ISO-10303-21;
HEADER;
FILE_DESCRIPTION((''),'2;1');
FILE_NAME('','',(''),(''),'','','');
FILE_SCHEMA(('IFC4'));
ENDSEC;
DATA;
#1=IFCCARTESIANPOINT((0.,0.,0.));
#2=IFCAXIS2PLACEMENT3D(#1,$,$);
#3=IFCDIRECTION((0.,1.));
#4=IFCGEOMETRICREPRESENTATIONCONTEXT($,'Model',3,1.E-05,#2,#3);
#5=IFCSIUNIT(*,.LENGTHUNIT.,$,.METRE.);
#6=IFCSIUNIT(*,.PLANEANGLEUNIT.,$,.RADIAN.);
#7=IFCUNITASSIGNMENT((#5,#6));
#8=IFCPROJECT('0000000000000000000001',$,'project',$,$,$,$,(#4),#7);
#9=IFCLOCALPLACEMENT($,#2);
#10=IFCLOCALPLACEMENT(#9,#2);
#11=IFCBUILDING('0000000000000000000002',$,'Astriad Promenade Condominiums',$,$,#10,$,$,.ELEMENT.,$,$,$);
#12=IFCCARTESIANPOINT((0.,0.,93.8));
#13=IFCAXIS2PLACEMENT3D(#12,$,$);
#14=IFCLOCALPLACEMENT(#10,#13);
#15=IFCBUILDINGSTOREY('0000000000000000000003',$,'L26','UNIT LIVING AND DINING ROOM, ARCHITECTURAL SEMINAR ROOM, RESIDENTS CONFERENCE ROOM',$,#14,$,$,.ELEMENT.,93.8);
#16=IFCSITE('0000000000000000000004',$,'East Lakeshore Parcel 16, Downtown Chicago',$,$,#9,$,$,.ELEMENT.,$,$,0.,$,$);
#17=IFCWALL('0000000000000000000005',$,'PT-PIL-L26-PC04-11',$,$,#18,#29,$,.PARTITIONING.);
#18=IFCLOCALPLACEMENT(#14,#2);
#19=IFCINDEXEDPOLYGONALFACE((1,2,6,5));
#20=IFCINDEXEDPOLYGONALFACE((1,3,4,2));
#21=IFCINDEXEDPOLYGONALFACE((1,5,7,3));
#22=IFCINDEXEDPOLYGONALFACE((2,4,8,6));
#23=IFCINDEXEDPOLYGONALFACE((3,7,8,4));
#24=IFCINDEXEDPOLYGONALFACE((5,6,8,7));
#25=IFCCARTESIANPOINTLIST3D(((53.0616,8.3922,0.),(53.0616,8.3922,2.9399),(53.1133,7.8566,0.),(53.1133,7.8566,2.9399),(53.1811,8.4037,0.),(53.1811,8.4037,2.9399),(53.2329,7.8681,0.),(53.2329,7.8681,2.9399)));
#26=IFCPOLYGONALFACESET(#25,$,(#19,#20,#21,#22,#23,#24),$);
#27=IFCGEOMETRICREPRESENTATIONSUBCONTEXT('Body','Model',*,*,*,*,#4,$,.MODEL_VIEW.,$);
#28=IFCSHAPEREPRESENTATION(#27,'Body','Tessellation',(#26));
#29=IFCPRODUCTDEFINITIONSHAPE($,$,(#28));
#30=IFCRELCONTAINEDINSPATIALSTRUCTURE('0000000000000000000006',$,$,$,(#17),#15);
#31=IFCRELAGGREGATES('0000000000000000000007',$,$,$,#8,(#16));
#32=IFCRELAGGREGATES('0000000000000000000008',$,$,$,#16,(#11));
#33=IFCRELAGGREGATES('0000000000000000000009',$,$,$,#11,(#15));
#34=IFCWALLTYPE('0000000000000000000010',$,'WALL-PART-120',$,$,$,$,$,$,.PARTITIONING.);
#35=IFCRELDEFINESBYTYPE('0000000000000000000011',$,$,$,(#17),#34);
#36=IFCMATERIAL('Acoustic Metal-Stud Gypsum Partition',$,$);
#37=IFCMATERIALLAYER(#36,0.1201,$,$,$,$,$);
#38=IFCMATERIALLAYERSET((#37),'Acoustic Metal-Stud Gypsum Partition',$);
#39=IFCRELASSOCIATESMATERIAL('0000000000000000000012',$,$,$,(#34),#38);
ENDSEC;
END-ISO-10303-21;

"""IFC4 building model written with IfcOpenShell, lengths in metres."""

from ifc_helpers import new_model, si_unit, direction, frame, frame_2d, origin, place, context, subcontext, project, spatial, rectangle, extrude, material, layer, layer_set, type_object, element, save


model = new_model("IFC4")

# Units and contexts
model_context = context("Model", 3, precision=1e-05, world=origin(), true_north=direction((0.0, 1.0)))
body_context = subcontext(model_context, "Body", "Model", "MODEL_VIEW")
ifc_project = project(units=[si_unit("LENGTHUNIT", "METRE"), si_unit("PLANEANGLEUNIT", "RADIAN")], contexts=[model_context])

# Site, building, storey
site_placement = place(None, origin())
site = spatial("IfcSite", under=ifc_project, at=site_placement, Name="East Lakeshore Parcel 16, Downtown Chicago", CompositionType="ELEMENT", RefElevation=0.0)
building_placement = place(site_placement, origin())
building = spatial("IfcBuilding", under=site, at=building_placement, Name="Astriad Promenade Condominiums", CompositionType="ELEMENT")
storey_placement = place(building_placement, frame((0.0, 0.0, 93.8)))
storey = spatial("IfcBuildingStorey", under=building, at=storey_placement, Name="L26", Description="UNIT LIVING AND DINING ROOM, ARCHITECTURAL SEMINAR ROOM, RESIDENTS CONFERENCE ROOM", CompositionType="ELEMENT", Elevation=93.8)

# Shared definitions
ifc_material_1 = material(Name="Acoustic Metal-Stud Gypsum Partition")
ifc_layer_1 = layer(ifc_material_1, 0.1201)
ifc_layer_set_1 = layer_set([ifc_layer_1], Name="Acoustic Metal-Stud Gypsum Partition")
wall_type_1 = type_object("IfcWallType", Name="WALL-PART-120", PredefinedType="PARTITIONING", material=ifc_layer_set_1)

# Wall
wall_1_placement = place(storey_placement, frame((53.1213, 8.3979, 0.0), z_axis=(0.0, 0.0, 1.0), x_axis=(0.096179, -0.995364, 0.0)))
element("IfcWall", 1, at=wall_1_placement, inside=storey, type_object=wall_type_1, Name="PT-PIL-L26-PC04-11", PredefinedType="PARTITIONING", context=body_context, shape_type="SweptSolid", body=[
    extrude(rectangle(XDim=0.5381, YDim=0.1201, at=frame_2d((0.269, 0.0))), origin(), (0.0, 0.0, 1.0), 2.9399),
])

save(model, "model.ifc")
